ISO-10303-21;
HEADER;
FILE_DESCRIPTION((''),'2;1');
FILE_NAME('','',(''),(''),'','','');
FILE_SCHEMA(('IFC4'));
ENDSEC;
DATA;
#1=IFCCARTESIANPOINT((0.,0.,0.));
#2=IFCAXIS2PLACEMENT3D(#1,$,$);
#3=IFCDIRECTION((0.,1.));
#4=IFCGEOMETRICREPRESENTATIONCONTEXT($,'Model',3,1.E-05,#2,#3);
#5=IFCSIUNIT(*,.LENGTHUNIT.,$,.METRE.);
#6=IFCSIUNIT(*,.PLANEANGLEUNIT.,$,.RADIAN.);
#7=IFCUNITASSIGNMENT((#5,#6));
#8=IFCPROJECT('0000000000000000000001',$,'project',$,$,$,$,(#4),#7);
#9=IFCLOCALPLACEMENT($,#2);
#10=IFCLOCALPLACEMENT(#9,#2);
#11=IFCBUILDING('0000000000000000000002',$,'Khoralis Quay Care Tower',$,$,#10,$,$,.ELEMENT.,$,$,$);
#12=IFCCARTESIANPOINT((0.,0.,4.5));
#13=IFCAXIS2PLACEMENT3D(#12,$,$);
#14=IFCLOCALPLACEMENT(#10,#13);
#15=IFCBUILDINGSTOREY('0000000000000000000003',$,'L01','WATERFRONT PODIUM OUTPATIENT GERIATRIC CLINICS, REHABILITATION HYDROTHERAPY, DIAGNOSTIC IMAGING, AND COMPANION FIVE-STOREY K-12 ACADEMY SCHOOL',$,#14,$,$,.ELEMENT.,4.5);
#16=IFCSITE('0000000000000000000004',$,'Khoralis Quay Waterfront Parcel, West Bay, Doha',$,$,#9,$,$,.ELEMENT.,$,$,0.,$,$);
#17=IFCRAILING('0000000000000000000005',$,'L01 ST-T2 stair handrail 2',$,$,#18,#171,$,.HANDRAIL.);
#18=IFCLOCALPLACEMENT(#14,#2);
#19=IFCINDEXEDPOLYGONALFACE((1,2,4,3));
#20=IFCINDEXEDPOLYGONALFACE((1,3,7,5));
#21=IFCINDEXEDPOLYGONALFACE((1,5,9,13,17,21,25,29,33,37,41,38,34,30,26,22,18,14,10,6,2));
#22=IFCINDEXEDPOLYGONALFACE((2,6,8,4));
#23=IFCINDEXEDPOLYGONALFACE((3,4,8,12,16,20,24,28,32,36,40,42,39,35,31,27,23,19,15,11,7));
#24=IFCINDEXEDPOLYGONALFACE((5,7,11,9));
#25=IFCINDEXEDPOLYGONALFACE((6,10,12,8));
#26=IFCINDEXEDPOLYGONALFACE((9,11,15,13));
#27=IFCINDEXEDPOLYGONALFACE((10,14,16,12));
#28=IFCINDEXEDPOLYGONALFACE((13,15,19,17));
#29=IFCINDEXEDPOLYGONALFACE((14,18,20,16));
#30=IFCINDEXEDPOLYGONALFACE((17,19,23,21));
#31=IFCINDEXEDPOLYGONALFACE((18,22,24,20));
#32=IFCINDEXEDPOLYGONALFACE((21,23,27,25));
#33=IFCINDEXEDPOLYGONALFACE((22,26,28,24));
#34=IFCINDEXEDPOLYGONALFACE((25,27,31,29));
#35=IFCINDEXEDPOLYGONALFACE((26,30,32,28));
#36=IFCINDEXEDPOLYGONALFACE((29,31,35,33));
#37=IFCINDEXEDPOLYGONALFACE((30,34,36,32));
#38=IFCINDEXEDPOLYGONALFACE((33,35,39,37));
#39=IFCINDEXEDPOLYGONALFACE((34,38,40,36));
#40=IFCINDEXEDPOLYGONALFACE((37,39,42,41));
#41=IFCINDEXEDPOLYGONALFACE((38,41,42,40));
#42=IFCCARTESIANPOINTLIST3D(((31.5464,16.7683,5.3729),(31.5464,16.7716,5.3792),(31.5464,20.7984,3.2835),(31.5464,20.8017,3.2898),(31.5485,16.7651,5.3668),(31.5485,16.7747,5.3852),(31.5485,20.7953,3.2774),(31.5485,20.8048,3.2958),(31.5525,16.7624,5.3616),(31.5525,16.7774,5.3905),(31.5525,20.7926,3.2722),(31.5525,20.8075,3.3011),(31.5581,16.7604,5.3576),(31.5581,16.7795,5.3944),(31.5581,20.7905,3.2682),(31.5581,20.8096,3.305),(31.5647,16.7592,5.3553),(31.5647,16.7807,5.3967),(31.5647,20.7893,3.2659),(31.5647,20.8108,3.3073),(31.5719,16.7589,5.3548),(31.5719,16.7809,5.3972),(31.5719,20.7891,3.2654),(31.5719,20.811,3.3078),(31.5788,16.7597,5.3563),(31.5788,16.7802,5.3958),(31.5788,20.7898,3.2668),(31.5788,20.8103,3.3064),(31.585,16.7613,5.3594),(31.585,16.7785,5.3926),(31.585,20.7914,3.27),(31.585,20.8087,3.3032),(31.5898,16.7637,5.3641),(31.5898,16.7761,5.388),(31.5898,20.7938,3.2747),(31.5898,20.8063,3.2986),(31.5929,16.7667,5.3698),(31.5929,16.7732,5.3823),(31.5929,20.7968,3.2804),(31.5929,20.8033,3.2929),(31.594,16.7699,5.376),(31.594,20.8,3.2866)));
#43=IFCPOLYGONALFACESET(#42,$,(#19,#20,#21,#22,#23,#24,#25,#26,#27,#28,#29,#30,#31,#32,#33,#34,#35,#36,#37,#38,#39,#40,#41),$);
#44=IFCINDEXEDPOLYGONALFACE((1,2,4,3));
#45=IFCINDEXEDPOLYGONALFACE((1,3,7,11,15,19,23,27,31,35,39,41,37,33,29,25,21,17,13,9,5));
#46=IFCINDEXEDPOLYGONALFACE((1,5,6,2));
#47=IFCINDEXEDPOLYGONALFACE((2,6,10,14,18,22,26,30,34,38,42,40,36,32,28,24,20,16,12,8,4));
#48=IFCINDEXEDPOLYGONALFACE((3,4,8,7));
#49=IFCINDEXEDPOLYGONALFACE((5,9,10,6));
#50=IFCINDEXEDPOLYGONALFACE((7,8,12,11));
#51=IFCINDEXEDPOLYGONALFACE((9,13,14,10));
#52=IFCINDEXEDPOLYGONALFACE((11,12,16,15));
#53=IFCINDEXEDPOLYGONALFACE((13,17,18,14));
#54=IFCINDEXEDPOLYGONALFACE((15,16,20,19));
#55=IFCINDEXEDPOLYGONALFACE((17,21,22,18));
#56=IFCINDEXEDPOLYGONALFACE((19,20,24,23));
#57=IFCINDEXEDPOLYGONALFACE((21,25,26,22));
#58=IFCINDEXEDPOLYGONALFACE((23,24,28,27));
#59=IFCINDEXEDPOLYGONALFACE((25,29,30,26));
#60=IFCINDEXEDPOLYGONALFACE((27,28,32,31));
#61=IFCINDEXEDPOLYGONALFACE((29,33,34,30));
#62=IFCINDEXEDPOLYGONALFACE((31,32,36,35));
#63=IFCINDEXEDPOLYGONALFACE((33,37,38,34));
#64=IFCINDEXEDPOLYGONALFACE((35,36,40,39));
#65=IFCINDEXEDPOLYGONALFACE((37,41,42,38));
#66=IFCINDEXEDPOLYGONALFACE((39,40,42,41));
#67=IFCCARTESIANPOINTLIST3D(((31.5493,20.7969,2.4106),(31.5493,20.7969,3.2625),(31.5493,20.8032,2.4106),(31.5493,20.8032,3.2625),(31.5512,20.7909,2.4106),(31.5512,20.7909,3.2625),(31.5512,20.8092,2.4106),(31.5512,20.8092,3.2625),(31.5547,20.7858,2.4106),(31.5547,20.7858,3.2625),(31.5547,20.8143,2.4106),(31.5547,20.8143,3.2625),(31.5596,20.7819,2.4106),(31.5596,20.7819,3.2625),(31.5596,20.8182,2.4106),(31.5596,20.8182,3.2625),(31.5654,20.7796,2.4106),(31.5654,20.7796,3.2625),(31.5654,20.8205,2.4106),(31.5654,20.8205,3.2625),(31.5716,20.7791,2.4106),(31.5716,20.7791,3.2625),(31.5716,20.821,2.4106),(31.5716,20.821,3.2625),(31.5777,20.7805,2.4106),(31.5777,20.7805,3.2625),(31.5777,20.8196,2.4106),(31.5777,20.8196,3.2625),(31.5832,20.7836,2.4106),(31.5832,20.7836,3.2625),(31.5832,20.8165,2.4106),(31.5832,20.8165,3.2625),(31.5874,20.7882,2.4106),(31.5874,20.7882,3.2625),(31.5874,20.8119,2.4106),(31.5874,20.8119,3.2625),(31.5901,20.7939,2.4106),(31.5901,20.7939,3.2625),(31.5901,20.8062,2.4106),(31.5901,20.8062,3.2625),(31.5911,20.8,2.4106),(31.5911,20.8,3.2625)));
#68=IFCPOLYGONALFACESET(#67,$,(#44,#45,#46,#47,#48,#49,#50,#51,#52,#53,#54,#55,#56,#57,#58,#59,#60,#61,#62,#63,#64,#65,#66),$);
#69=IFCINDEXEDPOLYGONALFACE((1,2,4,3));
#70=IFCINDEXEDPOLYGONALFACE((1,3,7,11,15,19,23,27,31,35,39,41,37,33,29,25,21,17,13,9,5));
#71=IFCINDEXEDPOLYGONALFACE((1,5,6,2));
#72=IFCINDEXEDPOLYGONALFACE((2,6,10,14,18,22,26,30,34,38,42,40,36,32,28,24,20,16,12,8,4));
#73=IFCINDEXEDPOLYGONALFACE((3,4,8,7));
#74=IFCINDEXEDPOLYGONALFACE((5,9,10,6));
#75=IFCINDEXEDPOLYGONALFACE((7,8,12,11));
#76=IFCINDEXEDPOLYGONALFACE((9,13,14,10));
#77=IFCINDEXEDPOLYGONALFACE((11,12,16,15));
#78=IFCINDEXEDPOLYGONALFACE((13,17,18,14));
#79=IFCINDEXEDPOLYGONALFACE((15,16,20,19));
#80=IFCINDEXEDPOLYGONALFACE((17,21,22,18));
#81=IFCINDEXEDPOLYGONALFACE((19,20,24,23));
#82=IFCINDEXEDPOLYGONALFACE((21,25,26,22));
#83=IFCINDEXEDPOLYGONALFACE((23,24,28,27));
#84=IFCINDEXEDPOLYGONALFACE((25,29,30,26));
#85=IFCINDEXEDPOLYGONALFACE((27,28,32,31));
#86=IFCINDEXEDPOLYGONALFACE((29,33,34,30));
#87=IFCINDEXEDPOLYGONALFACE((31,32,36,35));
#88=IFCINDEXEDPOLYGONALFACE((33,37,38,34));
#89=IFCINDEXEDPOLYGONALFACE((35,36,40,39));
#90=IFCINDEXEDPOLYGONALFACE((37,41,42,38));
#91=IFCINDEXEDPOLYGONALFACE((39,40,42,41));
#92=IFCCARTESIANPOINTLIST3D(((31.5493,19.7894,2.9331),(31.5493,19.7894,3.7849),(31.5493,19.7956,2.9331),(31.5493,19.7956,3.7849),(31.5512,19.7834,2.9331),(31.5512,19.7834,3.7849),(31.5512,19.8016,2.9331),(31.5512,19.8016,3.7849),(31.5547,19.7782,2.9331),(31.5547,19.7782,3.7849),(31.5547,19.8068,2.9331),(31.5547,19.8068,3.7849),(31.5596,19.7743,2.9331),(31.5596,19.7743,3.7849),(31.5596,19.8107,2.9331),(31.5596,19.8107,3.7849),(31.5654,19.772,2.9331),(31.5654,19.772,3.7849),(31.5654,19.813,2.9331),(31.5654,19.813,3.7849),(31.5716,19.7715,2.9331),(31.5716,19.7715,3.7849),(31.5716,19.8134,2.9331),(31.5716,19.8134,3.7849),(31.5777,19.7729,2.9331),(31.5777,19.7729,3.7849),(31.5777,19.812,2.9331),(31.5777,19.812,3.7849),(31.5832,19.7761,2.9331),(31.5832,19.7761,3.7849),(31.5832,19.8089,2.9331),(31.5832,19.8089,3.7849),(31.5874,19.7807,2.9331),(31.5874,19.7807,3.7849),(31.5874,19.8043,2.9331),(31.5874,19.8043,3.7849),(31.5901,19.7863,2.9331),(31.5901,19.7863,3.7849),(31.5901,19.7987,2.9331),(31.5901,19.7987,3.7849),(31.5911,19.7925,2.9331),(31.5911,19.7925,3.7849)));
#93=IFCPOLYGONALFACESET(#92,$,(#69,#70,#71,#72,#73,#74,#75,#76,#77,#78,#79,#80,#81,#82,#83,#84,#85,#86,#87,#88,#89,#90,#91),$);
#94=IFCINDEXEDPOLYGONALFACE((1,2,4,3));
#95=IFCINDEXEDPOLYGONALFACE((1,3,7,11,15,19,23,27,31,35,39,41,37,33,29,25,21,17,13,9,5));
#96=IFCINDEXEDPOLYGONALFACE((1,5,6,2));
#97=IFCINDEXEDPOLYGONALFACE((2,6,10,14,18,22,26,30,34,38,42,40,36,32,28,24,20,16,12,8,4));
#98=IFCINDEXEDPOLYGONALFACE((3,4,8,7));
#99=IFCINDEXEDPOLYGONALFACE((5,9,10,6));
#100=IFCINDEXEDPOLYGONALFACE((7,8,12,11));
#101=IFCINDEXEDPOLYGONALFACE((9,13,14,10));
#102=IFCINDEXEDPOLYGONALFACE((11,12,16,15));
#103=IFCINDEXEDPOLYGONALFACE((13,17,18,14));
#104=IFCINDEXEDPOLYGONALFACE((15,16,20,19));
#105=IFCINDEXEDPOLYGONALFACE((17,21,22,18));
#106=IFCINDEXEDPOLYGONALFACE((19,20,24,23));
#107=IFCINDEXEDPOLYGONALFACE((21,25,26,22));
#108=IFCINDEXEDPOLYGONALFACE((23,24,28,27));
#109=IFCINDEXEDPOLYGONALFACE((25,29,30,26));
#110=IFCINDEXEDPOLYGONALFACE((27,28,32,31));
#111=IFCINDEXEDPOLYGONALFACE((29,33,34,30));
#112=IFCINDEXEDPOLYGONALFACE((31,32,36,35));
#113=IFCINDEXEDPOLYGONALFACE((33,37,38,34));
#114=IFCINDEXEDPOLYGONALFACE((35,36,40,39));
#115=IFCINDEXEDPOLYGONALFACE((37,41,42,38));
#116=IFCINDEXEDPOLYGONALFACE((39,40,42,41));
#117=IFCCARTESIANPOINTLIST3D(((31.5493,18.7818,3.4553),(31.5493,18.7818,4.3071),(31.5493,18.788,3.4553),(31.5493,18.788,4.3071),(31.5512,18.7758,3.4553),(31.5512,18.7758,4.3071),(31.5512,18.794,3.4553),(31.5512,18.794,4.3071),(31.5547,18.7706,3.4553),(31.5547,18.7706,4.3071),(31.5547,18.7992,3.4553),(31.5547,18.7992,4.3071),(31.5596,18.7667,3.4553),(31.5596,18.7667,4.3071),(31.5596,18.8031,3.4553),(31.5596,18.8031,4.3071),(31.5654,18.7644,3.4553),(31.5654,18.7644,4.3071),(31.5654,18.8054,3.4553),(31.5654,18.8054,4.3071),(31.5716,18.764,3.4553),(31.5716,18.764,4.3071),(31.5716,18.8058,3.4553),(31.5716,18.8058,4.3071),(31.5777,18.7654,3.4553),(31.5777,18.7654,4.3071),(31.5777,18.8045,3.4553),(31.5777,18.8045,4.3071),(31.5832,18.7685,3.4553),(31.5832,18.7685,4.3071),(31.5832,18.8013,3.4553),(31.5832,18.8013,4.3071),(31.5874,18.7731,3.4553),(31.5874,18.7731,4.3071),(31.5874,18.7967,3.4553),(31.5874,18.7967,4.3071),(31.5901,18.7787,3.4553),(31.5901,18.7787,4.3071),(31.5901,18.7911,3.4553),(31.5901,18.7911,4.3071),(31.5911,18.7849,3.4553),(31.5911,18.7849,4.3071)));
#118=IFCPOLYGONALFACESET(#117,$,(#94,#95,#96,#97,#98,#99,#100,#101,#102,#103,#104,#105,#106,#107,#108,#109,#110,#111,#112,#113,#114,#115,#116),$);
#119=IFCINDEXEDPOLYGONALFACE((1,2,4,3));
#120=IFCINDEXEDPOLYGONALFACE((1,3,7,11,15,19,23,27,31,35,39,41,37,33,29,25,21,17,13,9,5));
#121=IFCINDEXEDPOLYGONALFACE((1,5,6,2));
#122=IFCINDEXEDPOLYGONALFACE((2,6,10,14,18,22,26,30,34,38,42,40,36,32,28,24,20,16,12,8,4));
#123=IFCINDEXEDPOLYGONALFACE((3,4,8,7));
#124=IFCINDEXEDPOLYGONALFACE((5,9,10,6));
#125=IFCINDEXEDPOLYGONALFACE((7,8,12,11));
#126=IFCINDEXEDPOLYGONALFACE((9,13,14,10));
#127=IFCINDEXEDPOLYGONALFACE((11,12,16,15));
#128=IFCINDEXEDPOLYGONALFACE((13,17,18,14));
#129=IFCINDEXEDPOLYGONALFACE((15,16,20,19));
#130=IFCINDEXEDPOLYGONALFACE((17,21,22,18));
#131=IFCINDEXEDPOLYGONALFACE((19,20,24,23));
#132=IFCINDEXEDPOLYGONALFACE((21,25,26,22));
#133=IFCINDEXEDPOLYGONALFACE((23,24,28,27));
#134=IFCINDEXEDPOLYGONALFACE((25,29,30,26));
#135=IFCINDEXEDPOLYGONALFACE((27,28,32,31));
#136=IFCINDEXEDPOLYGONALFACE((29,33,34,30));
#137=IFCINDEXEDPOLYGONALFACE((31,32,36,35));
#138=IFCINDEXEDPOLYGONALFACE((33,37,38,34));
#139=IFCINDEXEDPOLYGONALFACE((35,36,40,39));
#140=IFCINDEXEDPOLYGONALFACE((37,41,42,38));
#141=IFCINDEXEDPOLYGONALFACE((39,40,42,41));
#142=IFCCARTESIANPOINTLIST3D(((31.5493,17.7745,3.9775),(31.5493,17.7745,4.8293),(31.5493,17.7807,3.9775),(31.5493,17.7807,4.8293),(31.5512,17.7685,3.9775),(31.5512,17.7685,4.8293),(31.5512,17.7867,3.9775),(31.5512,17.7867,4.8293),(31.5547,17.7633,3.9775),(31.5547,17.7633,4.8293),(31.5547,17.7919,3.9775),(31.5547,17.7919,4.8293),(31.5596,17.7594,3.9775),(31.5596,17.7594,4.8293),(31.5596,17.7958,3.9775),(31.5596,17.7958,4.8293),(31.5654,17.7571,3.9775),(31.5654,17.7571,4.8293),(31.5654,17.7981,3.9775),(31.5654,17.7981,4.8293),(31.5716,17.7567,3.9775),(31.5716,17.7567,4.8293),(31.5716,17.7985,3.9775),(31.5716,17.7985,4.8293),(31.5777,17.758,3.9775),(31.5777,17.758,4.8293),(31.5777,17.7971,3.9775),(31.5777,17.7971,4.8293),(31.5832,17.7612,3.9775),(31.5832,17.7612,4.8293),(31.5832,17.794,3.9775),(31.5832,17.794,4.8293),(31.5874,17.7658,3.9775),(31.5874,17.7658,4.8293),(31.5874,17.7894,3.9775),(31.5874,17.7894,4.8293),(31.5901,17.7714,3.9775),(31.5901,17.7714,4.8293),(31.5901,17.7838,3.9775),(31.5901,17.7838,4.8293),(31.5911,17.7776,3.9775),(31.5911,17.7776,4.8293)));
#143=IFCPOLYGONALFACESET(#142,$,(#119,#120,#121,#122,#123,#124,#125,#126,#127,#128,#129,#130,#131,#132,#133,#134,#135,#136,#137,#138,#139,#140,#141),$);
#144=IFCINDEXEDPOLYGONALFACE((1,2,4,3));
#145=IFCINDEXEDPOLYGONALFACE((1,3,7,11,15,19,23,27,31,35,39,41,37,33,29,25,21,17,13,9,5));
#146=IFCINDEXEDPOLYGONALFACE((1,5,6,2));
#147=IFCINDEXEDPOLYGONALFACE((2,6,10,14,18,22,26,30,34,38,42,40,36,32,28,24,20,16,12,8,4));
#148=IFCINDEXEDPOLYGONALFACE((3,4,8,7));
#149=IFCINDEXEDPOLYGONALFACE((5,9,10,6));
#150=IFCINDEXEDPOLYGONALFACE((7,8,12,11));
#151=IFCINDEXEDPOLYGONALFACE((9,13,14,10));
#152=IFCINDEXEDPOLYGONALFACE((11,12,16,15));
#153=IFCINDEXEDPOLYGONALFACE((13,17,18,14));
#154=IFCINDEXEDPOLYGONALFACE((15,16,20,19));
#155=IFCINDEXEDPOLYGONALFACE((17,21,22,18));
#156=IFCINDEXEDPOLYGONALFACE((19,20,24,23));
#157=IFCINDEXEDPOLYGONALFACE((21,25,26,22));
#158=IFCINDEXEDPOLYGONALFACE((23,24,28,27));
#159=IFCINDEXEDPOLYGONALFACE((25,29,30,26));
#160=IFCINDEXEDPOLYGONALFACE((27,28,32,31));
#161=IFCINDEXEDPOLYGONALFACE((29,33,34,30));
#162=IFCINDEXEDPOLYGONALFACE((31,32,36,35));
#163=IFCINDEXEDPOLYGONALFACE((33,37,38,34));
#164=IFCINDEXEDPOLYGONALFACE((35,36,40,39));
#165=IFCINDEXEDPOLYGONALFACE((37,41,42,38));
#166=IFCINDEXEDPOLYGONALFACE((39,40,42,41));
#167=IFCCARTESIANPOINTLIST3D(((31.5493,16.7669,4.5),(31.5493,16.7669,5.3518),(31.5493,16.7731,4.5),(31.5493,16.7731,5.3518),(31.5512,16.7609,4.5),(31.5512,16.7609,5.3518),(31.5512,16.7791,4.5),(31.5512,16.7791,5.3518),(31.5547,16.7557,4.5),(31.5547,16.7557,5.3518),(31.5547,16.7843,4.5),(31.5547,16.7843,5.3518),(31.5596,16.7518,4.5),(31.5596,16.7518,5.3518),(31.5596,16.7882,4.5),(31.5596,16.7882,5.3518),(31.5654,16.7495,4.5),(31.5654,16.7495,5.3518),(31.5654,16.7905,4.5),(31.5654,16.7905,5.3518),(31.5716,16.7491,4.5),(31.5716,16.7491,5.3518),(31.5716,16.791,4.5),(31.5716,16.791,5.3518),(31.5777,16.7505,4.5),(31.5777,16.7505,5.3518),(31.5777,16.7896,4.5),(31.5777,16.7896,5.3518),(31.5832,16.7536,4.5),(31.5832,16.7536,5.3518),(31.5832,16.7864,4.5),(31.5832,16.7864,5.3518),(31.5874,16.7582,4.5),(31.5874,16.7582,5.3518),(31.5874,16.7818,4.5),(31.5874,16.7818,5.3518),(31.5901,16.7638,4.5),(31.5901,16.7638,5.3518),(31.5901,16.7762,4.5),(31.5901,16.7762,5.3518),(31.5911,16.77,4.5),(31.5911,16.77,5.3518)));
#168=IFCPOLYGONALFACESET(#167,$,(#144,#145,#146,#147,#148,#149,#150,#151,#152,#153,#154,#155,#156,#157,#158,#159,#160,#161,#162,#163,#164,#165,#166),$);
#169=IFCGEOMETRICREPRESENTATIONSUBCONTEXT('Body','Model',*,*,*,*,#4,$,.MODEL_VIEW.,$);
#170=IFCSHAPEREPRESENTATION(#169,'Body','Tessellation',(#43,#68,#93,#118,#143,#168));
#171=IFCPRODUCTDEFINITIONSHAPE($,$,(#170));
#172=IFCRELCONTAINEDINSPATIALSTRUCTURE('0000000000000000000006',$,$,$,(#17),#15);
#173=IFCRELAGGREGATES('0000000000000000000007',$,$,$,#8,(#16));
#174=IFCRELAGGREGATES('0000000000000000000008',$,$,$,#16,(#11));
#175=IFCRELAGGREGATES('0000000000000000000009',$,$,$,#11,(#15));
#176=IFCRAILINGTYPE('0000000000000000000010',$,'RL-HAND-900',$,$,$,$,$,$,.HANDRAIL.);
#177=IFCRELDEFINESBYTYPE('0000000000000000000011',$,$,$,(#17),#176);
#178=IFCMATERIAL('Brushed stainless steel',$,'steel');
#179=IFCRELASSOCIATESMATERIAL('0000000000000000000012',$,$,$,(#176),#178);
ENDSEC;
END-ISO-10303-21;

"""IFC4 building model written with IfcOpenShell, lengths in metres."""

from ifc_helpers import new_model, si_unit, direction, frame, origin, origin_2d, place, context, subcontext, project, spatial, circle, extrude, material, type_object, element, save


model = new_model("IFC4")

# Units and contexts
model_context = context("Model", 3, precision=1e-05, world=origin(), true_north=direction((0.0, 1.0)))
body_context = subcontext(model_context, "Body", "Model", "MODEL_VIEW")
ifc_project = project(units=[si_unit("LENGTHUNIT", "METRE"), si_unit("PLANEANGLEUNIT", "RADIAN")], contexts=[model_context])

# Site, building, storey
site_placement = place(None, origin())
site = spatial("IfcSite", under=ifc_project, at=site_placement, Name="Khoralis Quay Waterfront Parcel, West Bay, Doha", CompositionType="ELEMENT", RefElevation=0.0)
building_placement = place(site_placement, origin())
building = spatial("IfcBuilding", under=site, at=building_placement, Name="Khoralis Quay Care Tower", CompositionType="ELEMENT")
storey_placement = place(building_placement, frame((0.0, 0.0, 4.5)))
storey = spatial("IfcBuildingStorey", under=building, at=storey_placement, Name="L01", Description="WATERFRONT PODIUM OUTPATIENT GERIATRIC CLINICS, REHABILITATION HYDROTHERAPY, DIAGNOSTIC IMAGING, AND COMPANION FIVE-STOREY K-12 ACADEMY SCHOOL", CompositionType="ELEMENT", Elevation=4.5)

# Shared definitions
ifc_material_1 = material(Name="Brushed stainless steel", Category="steel")

# Railing
railing_type_1 = type_object("IfcRailingType", Name="RL-HAND-900", PredefinedType="HANDRAIL", material=ifc_material_1)
railing_1_placement = place(storey_placement, frame((31.5701, 20.8, 2.4106)))
element("IfcRailing", 1, at=railing_1_placement, inside=storey, type_object=railing_type_1, Name="L01 ST-T2 stair handrail 2", PredefinedType="HANDRAIL", context=body_context, shape_type="SweptSolid", body=[
    extrude(circle(Radius=0.0239, at=origin_2d()), frame((0.0, 0.0, 0.876), z_axis=(0.0, -0.887781, 0.460267), x_axis=(1.0, 0.0, 0.0)), (0.0, 0.0, 1.0), 4.5396),
    extrude(circle(Radius=0.021, at=origin_2d()), origin(), (0.0, 0.0, 1.0), 0.8518),
    extrude(circle(Radius=0.021, at=origin_2d()), frame((0.0, -1.0076, 0.5225)), (0.0, 0.0, 1.0), 0.8518),
    extrude(circle(Radius=0.021, at=origin_2d()), frame((0.0, -2.0151, 1.0447)), (0.0, 0.0, 1.0), 0.8518),
    extrude(circle(Radius=0.021, at=origin_2d()), frame((0.0, -3.0225, 1.5669)), (0.0, 0.0, 1.0), 0.8518),
    extrude(circle(Radius=0.021, at=origin_2d()), frame((0.0, -4.03, 2.0894)), (0.0, 0.0, 1.0), 0.8518),
])

save(model, "model.ifc")
